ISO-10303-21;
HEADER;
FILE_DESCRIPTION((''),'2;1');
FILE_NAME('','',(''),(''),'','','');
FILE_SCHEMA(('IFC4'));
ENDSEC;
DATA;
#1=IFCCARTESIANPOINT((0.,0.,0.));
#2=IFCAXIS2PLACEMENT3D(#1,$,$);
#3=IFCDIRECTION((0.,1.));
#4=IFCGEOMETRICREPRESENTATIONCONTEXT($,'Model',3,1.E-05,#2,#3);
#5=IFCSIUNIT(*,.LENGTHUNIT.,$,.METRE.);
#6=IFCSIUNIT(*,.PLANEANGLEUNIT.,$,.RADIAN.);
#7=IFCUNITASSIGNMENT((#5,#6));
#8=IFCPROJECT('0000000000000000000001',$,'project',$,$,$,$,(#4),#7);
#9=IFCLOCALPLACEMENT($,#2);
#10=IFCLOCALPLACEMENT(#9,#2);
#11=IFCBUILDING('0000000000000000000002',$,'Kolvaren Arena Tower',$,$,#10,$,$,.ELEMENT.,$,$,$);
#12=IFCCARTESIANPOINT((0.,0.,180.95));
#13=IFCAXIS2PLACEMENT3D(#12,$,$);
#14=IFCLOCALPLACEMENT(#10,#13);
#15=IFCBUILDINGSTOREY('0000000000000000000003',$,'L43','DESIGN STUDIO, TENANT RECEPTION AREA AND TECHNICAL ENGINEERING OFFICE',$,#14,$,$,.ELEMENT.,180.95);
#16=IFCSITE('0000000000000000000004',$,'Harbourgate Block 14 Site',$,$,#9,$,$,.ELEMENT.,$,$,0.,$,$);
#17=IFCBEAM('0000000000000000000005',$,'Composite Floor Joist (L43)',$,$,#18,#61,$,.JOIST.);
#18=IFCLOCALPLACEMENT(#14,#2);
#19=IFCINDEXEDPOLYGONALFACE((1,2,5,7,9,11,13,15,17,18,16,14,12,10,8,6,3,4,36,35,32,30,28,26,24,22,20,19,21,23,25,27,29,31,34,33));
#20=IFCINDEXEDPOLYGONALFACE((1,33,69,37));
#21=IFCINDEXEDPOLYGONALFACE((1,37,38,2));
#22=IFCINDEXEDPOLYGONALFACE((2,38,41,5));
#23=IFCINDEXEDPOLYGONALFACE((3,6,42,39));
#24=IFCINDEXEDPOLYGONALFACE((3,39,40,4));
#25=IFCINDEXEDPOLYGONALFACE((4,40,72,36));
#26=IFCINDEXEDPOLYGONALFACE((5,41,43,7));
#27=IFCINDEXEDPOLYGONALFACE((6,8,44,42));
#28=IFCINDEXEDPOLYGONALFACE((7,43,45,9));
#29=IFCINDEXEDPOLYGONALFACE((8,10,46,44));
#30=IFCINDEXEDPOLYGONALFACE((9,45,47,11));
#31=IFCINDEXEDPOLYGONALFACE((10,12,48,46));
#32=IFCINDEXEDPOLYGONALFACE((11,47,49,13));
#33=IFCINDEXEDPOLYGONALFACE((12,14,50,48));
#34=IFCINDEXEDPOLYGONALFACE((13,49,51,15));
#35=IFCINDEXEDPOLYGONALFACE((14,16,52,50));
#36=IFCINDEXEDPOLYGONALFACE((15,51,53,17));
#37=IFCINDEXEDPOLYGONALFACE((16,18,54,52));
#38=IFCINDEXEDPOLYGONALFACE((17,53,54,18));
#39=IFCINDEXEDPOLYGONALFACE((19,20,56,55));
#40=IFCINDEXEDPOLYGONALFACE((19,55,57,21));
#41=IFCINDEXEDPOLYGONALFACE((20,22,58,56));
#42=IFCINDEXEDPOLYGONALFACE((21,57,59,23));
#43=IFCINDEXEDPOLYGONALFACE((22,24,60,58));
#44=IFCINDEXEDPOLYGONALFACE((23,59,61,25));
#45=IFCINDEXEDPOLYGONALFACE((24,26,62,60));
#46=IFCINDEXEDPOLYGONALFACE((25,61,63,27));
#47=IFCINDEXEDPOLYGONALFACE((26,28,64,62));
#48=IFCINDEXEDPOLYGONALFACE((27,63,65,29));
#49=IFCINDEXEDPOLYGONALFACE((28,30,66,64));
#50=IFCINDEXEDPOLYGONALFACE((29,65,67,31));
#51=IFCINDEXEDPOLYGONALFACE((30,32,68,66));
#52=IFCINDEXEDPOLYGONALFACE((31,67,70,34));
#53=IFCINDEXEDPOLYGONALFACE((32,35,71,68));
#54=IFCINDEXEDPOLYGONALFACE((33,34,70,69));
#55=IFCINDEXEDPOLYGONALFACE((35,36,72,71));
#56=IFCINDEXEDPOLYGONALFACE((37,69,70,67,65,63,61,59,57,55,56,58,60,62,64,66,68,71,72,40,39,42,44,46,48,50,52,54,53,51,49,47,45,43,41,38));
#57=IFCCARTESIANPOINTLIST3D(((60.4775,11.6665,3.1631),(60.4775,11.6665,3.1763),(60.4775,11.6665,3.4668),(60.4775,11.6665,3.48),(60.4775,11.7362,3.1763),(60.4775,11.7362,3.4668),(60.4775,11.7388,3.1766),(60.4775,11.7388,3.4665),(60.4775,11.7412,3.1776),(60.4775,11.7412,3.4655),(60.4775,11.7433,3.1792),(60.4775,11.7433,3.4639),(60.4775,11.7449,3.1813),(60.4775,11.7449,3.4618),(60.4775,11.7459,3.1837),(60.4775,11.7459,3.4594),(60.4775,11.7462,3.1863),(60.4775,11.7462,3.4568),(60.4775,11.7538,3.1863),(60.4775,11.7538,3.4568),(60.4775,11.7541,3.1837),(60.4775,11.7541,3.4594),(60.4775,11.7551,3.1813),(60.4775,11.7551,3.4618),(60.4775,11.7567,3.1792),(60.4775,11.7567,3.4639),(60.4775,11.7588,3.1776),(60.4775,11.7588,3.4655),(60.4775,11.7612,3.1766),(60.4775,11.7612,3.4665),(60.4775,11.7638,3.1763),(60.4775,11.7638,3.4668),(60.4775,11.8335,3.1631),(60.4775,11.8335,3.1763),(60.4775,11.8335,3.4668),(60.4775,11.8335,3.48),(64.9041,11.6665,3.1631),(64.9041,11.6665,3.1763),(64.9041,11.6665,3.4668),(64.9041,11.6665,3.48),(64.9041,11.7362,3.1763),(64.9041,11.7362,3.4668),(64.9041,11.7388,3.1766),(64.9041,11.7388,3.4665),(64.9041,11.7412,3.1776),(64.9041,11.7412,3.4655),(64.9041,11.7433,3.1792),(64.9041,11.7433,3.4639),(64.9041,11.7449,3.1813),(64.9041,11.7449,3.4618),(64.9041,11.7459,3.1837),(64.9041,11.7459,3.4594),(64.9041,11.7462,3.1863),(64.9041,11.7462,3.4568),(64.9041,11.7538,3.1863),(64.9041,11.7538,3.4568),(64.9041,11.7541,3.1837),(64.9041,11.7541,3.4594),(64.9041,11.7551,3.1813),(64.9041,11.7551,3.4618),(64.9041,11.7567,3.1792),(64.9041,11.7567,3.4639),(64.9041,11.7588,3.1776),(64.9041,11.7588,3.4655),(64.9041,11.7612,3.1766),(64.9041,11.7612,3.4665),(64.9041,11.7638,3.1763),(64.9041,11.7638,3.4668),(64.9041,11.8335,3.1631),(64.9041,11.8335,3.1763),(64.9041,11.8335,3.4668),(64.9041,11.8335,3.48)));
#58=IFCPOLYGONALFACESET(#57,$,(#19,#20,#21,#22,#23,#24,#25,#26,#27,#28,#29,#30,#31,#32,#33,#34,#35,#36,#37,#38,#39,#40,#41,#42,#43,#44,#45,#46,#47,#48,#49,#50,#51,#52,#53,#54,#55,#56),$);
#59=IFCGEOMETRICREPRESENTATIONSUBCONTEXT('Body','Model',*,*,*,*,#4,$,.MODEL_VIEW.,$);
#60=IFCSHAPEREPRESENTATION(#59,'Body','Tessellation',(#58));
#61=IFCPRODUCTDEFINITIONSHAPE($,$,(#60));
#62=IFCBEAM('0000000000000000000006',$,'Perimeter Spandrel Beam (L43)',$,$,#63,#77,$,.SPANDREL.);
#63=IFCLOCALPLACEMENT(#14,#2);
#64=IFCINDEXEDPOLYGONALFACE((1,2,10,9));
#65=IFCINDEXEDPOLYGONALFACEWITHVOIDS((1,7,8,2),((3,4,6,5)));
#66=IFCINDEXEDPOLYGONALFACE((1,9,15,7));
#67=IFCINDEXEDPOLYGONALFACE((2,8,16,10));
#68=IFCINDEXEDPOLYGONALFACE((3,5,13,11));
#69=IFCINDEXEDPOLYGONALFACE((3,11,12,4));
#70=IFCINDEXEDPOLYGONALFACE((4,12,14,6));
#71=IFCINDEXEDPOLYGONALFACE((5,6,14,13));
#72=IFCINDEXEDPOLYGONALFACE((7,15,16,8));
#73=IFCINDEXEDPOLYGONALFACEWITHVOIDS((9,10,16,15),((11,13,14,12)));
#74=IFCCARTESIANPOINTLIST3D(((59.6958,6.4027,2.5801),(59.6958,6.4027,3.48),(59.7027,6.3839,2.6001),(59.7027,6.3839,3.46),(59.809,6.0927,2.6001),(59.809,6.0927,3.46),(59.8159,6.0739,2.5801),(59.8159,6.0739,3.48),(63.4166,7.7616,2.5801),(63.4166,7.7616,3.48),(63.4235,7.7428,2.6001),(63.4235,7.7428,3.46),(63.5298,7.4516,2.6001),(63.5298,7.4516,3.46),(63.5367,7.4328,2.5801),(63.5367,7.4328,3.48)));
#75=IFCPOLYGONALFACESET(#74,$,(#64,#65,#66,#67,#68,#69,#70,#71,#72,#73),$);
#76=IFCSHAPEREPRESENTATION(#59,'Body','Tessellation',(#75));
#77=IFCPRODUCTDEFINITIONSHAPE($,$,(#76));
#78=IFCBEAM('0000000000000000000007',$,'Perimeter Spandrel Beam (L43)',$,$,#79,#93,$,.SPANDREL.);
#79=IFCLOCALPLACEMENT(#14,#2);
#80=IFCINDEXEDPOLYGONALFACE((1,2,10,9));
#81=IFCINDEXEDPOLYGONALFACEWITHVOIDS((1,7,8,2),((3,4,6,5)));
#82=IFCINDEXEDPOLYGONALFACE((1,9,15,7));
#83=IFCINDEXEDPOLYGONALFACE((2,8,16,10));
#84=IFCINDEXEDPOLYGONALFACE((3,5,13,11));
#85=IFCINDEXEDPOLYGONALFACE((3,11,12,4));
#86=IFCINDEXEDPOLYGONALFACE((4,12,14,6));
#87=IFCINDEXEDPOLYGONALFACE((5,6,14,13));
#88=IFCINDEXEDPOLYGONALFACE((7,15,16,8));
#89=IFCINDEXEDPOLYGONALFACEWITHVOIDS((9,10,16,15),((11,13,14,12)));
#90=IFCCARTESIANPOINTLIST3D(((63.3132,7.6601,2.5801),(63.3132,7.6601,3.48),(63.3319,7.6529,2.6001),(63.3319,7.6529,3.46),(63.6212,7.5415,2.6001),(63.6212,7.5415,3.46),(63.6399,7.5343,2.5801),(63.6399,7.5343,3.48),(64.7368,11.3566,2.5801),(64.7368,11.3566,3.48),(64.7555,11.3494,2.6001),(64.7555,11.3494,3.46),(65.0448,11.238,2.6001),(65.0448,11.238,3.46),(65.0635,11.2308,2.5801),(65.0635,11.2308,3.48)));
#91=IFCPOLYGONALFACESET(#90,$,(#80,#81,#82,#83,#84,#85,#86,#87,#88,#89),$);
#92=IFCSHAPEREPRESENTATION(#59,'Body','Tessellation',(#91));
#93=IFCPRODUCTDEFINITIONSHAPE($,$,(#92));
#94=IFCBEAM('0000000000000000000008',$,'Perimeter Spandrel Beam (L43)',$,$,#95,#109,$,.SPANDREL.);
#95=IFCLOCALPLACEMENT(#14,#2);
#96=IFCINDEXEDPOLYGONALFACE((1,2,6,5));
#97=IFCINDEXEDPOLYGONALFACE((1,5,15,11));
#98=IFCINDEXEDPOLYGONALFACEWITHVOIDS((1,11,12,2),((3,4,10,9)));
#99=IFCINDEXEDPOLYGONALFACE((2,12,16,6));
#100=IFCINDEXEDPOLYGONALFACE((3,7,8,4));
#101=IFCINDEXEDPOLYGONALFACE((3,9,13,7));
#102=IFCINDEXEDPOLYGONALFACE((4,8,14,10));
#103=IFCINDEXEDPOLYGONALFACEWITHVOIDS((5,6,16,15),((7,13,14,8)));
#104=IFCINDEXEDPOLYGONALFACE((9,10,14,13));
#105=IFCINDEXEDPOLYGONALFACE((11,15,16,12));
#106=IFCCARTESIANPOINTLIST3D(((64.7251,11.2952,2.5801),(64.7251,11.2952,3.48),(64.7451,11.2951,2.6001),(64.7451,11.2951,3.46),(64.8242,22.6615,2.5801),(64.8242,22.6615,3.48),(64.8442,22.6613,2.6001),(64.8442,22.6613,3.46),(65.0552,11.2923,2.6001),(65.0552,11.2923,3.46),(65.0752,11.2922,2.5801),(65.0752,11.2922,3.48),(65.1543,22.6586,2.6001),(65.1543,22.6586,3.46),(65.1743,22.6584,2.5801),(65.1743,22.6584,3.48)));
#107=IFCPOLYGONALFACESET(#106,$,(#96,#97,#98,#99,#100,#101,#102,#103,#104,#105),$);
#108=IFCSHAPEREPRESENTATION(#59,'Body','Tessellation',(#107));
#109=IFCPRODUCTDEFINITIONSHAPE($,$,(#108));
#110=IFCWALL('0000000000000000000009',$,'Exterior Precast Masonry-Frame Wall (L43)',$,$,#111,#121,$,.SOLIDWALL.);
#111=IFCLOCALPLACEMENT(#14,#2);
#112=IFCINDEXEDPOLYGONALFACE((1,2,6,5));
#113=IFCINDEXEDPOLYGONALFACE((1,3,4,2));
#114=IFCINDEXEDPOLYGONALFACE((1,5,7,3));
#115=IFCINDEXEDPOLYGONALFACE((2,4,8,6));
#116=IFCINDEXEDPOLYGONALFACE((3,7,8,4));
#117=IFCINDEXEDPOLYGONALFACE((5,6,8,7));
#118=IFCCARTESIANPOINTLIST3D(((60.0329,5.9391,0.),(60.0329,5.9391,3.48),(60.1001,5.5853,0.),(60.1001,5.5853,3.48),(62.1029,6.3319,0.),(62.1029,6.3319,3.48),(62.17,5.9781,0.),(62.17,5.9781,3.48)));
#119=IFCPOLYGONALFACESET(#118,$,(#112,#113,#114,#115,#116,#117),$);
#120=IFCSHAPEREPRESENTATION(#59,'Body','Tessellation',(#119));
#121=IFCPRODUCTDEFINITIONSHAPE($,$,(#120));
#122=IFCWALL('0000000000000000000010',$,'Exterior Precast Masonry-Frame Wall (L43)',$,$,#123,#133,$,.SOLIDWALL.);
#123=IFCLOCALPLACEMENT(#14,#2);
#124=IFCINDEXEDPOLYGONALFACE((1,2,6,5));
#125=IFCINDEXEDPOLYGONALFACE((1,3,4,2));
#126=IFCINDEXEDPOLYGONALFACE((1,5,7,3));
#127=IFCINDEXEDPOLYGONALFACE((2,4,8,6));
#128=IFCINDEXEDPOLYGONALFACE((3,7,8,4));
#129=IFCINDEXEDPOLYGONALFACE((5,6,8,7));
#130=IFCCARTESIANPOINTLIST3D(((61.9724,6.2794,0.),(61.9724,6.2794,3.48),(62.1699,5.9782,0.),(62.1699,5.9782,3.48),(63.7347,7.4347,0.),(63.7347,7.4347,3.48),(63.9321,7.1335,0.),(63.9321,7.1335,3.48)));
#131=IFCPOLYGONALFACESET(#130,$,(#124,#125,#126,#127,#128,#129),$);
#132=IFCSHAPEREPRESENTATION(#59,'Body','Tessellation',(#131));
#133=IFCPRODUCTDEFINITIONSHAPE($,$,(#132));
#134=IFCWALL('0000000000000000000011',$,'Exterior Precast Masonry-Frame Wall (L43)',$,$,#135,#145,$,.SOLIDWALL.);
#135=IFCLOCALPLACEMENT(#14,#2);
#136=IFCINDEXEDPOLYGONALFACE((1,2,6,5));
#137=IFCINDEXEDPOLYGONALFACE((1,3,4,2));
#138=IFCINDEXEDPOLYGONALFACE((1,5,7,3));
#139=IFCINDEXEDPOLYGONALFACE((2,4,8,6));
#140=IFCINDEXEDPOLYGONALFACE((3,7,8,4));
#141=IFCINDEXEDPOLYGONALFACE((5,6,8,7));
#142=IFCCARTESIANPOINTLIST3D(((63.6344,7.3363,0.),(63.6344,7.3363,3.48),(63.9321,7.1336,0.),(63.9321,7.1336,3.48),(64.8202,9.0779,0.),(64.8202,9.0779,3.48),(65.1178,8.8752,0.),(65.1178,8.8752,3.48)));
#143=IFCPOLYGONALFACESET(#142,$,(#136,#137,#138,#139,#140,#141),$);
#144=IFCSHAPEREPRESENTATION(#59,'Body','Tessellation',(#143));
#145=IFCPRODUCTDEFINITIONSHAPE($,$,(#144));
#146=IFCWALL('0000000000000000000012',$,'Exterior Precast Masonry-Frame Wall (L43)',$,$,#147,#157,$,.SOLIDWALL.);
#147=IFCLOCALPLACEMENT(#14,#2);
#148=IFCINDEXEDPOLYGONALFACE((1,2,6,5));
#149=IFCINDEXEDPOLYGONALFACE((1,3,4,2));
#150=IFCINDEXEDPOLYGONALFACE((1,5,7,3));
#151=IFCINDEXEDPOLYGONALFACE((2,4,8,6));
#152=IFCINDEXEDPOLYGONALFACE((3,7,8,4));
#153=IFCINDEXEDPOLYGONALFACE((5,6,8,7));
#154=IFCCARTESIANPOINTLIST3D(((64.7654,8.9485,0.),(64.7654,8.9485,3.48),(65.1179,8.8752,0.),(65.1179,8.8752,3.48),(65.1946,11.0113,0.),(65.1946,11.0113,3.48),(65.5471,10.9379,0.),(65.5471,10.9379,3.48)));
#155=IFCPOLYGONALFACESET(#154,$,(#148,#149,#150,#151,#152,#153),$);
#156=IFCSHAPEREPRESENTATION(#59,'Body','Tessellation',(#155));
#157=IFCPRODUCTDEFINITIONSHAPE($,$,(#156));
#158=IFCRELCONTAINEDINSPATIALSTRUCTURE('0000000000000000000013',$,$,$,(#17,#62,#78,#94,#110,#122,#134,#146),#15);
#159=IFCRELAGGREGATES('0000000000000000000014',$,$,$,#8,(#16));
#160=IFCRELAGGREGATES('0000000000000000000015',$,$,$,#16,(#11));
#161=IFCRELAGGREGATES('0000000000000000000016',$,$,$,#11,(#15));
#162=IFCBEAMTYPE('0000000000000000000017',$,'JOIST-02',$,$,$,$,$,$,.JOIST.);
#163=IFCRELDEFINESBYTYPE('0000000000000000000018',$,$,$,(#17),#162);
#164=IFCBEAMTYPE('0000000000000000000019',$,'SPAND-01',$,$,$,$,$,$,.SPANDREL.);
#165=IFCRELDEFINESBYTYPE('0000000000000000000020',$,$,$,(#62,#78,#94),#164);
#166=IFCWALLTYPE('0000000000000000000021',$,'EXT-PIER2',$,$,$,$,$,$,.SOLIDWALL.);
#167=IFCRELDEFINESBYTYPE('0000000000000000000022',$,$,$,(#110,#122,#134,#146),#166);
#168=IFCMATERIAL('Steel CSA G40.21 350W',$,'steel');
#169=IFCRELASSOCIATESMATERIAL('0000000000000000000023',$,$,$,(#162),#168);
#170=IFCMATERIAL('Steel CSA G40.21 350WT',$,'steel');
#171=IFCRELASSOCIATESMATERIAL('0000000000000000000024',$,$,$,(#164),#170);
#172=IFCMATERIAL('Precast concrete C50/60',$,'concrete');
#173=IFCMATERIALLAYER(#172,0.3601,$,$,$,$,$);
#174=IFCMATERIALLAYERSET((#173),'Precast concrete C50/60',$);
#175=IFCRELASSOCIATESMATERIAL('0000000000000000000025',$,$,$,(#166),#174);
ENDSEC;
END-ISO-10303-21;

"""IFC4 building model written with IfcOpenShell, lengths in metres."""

from ifc_helpers import new_model, si_unit, direction, frame, frame_2d, origin, origin_2d, place, context, subcontext, project, spatial, rectangle, hollow_rectangle, i_section, extrude, material, layer, layer_set, material_profile, profile_set, type_object, element, save


model = new_model("IFC4")

# Units and contexts
model_context = context("Model", 3, precision=1e-05, world=origin(), true_north=direction((0.0, 1.0)))
body_context = subcontext(model_context, "Body", "Model", "MODEL_VIEW")
ifc_project = project(units=[si_unit("LENGTHUNIT", "METRE"), si_unit("PLANEANGLEUNIT", "RADIAN")], contexts=[model_context])

# Site, building, storey
site_placement = place(None, origin())
site = spatial("IfcSite", under=ifc_project, at=site_placement, Name="Harbourgate Block 14 Site", CompositionType="ELEMENT", RefElevation=0.0)
building_placement = place(site_placement, origin())
building = spatial("IfcBuilding", under=site, at=building_placement, Name="Kolvaren Arena Tower", CompositionType="ELEMENT")
storey_placement = place(building_placement, frame((0.0, 0.0, 180.95)))
storey = spatial("IfcBuildingStorey", under=building, at=storey_placement, Name="L43", Description="DESIGN STUDIO, TENANT RECEPTION AREA AND TECHNICAL ENGINEERING OFFICE", CompositionType="ELEMENT", Elevation=180.95)

# Beams
ifc_material_1 = material(Name="Steel CSA G40.21 350W", Category="steel")
ifc_material_profile_1 = material_profile(ifc_material_1, i_section(OverallWidth=0.167, OverallDepth=0.3169, WebThickness=0.0076, FlangeThickness=0.0132, FilletRadius=0.01, at=origin_2d()), Name="W310x52")
ifc_profile_set_1 = profile_set([ifc_material_profile_1], Name="Steel CSA G40.21 350W")
beam_type_1 = type_object("IfcBeamType", Name="JOIST-02", PredefinedType="JOIST", material=ifc_profile_set_1)
beam_1_placement = place(storey_placement, frame((60.4775, 11.75, 3.3215), z_axis=(1.0, 0.0, 0.0), x_axis=(0.0, 1.0, 0.0)))
element("IfcBeam", 1, at=beam_1_placement, inside=storey, type_object=beam_type_1, Name="Composite Floor Joist (L43)", PredefinedType="JOIST", context=body_context, shape_type="SweptSolid", body=[
    extrude(i_section(OverallWidth=0.167, OverallDepth=0.3169, WebThickness=0.0076, FlangeThickness=0.0132, FilletRadius=0.01, at=origin_2d()), origin(), (0.0, 0.0, 1.0), 4.4265),
])
ifc_material_2 = material(Name="Steel CSA G40.21 350WT", Category="steel")
ifc_material_profile_2 = material_profile(ifc_material_2, hollow_rectangle(XDim=0.3501, YDim=0.8999, WallThickness=0.02, at=origin_2d()), Name="HSS 900x350x20")
ifc_profile_set_2 = profile_set([ifc_material_profile_2], Name="Steel CSA G40.21 350WT")
beam_type_2 = type_object("IfcBeamType", Name="SPAND-01", PredefinedType="SPANDREL", material=ifc_profile_set_2)
for number, where, z_axis, x_axis, name in (
    (2, (59.7559, 6.2383, 3.03), (0.939314, 0.343059, 0.0), (-0.343059, 0.939314, 0.0), "Perimeter Spandrel Beam (L43)"),
    (3, (63.4766, 7.5972, 3.03), (0.359384, 0.93319, 0.0), (-0.93319, 0.359384, 0.0), "Perimeter Spandrel Beam (L43)"),
):
    element("IfcBeam", number, at=place(storey_placement, frame(where, z_axis=z_axis, x_axis=x_axis)), inside=storey, type_object=beam_type_2, Name=name, PredefinedType="SPANDREL", context=body_context, shape_type="SweptSolid", body=[
        extrude(hollow_rectangle(XDim=0.3501, YDim=0.8999, WallThickness=0.02, at=origin_2d()), origin(), (0.0, 0.0, 1.0), 3.9612),
    ])
beam_2_placement = place(storey_placement, frame((64.9001, 11.2937, 3.03), z_axis=(0.00872, 0.999962, 0.0), x_axis=(-0.999962, 0.00872, 0.0)))
element("IfcBeam", 4, at=beam_2_placement, inside=storey, type_object=beam_type_2, Name="Perimeter Spandrel Beam (L43)", PredefinedType="SPANDREL", context=body_context, shape_type="SweptSolid", body=[
    extrude(hollow_rectangle(XDim=0.3501, YDim=0.8999, WallThickness=0.02, at=origin_2d()), origin(), (0.0, 0.0, 1.0), 11.3667),
])

# Walls
ifc_material_3 = material(Name="Precast concrete C50/60", Category="concrete")
ifc_layer_1 = layer(ifc_material_3, 0.3601)
ifc_layer_set_1 = layer_set([ifc_layer_1], Name="Precast concrete C50/60")
wall_type_1 = type_object("IfcWallType", Name="EXT-PIER2", PredefinedType="SOLIDWALL", material=ifc_layer_set_1)
wall_1_placement = place(storey_placement, frame((62.1365, 6.155, 0.0), z_axis=(0.0, 0.0, 1.0), x_axis=(-0.982467, -0.186436, 0.0)))
element("IfcWall", 5, at=wall_1_placement, inside=storey, type_object=wall_type_1, Name="Exterior Precast Masonry-Frame Wall (L43)", PredefinedType="SOLIDWALL", context=body_context, shape_type="SweptSolid", body=[
    extrude(rectangle(XDim=2.1069, YDim=0.3601, at=frame_2d((1.0535, 0.0))), origin(), (0.0, 0.0, 1.0), 3.48),
])
wall_2_placement = place(storey_placement, frame((63.8335, 7.2842, 0.0), z_axis=(0.0, 0.0, 1.0), x_axis=(-0.836304, -0.548267, 0.0)))
element("IfcWall", 6, at=wall_2_placement, inside=storey, type_object=wall_type_1, Name="Exterior Precast Masonry-Frame Wall (L43)", PredefinedType="SOLIDWALL", context=body_context, shape_type="SweptSolid", body=[
    extrude(rectangle(XDim=2.1072, YDim=0.3601, at=frame_2d((1.0537, 0.0))), origin(), (0.0, 0.0, 1.0), 3.48),
])
for number, where, z_axis, x_axis, name in (
    (7, (64.969, 8.9766, 0.0), (0.0, 0.0, 1.0), (-0.562776, -0.82661, 0.0), "Exterior Precast Masonry-Frame Wall (L43)"),
    (8, (65.3708, 10.9746, 0.0), (0.0, 0.0, 1.0), (-0.203709, -0.979031, 0.0), "Exterior Precast Masonry-Frame Wall (L43)"),
):
    element("IfcWall", number, at=place(storey_placement, frame(where, z_axis=z_axis, x_axis=x_axis)), inside=storey, type_object=wall_type_1, Name=name, PredefinedType="SOLIDWALL", context=body_context, shape_type="SweptSolid", body=[
        extrude(rectangle(XDim=2.1069, YDim=0.3601, at=frame_2d((1.0535, 0.0))), origin(), (0.0, 0.0, 1.0), 3.48),
    ])

save(model, "model.ifc")
